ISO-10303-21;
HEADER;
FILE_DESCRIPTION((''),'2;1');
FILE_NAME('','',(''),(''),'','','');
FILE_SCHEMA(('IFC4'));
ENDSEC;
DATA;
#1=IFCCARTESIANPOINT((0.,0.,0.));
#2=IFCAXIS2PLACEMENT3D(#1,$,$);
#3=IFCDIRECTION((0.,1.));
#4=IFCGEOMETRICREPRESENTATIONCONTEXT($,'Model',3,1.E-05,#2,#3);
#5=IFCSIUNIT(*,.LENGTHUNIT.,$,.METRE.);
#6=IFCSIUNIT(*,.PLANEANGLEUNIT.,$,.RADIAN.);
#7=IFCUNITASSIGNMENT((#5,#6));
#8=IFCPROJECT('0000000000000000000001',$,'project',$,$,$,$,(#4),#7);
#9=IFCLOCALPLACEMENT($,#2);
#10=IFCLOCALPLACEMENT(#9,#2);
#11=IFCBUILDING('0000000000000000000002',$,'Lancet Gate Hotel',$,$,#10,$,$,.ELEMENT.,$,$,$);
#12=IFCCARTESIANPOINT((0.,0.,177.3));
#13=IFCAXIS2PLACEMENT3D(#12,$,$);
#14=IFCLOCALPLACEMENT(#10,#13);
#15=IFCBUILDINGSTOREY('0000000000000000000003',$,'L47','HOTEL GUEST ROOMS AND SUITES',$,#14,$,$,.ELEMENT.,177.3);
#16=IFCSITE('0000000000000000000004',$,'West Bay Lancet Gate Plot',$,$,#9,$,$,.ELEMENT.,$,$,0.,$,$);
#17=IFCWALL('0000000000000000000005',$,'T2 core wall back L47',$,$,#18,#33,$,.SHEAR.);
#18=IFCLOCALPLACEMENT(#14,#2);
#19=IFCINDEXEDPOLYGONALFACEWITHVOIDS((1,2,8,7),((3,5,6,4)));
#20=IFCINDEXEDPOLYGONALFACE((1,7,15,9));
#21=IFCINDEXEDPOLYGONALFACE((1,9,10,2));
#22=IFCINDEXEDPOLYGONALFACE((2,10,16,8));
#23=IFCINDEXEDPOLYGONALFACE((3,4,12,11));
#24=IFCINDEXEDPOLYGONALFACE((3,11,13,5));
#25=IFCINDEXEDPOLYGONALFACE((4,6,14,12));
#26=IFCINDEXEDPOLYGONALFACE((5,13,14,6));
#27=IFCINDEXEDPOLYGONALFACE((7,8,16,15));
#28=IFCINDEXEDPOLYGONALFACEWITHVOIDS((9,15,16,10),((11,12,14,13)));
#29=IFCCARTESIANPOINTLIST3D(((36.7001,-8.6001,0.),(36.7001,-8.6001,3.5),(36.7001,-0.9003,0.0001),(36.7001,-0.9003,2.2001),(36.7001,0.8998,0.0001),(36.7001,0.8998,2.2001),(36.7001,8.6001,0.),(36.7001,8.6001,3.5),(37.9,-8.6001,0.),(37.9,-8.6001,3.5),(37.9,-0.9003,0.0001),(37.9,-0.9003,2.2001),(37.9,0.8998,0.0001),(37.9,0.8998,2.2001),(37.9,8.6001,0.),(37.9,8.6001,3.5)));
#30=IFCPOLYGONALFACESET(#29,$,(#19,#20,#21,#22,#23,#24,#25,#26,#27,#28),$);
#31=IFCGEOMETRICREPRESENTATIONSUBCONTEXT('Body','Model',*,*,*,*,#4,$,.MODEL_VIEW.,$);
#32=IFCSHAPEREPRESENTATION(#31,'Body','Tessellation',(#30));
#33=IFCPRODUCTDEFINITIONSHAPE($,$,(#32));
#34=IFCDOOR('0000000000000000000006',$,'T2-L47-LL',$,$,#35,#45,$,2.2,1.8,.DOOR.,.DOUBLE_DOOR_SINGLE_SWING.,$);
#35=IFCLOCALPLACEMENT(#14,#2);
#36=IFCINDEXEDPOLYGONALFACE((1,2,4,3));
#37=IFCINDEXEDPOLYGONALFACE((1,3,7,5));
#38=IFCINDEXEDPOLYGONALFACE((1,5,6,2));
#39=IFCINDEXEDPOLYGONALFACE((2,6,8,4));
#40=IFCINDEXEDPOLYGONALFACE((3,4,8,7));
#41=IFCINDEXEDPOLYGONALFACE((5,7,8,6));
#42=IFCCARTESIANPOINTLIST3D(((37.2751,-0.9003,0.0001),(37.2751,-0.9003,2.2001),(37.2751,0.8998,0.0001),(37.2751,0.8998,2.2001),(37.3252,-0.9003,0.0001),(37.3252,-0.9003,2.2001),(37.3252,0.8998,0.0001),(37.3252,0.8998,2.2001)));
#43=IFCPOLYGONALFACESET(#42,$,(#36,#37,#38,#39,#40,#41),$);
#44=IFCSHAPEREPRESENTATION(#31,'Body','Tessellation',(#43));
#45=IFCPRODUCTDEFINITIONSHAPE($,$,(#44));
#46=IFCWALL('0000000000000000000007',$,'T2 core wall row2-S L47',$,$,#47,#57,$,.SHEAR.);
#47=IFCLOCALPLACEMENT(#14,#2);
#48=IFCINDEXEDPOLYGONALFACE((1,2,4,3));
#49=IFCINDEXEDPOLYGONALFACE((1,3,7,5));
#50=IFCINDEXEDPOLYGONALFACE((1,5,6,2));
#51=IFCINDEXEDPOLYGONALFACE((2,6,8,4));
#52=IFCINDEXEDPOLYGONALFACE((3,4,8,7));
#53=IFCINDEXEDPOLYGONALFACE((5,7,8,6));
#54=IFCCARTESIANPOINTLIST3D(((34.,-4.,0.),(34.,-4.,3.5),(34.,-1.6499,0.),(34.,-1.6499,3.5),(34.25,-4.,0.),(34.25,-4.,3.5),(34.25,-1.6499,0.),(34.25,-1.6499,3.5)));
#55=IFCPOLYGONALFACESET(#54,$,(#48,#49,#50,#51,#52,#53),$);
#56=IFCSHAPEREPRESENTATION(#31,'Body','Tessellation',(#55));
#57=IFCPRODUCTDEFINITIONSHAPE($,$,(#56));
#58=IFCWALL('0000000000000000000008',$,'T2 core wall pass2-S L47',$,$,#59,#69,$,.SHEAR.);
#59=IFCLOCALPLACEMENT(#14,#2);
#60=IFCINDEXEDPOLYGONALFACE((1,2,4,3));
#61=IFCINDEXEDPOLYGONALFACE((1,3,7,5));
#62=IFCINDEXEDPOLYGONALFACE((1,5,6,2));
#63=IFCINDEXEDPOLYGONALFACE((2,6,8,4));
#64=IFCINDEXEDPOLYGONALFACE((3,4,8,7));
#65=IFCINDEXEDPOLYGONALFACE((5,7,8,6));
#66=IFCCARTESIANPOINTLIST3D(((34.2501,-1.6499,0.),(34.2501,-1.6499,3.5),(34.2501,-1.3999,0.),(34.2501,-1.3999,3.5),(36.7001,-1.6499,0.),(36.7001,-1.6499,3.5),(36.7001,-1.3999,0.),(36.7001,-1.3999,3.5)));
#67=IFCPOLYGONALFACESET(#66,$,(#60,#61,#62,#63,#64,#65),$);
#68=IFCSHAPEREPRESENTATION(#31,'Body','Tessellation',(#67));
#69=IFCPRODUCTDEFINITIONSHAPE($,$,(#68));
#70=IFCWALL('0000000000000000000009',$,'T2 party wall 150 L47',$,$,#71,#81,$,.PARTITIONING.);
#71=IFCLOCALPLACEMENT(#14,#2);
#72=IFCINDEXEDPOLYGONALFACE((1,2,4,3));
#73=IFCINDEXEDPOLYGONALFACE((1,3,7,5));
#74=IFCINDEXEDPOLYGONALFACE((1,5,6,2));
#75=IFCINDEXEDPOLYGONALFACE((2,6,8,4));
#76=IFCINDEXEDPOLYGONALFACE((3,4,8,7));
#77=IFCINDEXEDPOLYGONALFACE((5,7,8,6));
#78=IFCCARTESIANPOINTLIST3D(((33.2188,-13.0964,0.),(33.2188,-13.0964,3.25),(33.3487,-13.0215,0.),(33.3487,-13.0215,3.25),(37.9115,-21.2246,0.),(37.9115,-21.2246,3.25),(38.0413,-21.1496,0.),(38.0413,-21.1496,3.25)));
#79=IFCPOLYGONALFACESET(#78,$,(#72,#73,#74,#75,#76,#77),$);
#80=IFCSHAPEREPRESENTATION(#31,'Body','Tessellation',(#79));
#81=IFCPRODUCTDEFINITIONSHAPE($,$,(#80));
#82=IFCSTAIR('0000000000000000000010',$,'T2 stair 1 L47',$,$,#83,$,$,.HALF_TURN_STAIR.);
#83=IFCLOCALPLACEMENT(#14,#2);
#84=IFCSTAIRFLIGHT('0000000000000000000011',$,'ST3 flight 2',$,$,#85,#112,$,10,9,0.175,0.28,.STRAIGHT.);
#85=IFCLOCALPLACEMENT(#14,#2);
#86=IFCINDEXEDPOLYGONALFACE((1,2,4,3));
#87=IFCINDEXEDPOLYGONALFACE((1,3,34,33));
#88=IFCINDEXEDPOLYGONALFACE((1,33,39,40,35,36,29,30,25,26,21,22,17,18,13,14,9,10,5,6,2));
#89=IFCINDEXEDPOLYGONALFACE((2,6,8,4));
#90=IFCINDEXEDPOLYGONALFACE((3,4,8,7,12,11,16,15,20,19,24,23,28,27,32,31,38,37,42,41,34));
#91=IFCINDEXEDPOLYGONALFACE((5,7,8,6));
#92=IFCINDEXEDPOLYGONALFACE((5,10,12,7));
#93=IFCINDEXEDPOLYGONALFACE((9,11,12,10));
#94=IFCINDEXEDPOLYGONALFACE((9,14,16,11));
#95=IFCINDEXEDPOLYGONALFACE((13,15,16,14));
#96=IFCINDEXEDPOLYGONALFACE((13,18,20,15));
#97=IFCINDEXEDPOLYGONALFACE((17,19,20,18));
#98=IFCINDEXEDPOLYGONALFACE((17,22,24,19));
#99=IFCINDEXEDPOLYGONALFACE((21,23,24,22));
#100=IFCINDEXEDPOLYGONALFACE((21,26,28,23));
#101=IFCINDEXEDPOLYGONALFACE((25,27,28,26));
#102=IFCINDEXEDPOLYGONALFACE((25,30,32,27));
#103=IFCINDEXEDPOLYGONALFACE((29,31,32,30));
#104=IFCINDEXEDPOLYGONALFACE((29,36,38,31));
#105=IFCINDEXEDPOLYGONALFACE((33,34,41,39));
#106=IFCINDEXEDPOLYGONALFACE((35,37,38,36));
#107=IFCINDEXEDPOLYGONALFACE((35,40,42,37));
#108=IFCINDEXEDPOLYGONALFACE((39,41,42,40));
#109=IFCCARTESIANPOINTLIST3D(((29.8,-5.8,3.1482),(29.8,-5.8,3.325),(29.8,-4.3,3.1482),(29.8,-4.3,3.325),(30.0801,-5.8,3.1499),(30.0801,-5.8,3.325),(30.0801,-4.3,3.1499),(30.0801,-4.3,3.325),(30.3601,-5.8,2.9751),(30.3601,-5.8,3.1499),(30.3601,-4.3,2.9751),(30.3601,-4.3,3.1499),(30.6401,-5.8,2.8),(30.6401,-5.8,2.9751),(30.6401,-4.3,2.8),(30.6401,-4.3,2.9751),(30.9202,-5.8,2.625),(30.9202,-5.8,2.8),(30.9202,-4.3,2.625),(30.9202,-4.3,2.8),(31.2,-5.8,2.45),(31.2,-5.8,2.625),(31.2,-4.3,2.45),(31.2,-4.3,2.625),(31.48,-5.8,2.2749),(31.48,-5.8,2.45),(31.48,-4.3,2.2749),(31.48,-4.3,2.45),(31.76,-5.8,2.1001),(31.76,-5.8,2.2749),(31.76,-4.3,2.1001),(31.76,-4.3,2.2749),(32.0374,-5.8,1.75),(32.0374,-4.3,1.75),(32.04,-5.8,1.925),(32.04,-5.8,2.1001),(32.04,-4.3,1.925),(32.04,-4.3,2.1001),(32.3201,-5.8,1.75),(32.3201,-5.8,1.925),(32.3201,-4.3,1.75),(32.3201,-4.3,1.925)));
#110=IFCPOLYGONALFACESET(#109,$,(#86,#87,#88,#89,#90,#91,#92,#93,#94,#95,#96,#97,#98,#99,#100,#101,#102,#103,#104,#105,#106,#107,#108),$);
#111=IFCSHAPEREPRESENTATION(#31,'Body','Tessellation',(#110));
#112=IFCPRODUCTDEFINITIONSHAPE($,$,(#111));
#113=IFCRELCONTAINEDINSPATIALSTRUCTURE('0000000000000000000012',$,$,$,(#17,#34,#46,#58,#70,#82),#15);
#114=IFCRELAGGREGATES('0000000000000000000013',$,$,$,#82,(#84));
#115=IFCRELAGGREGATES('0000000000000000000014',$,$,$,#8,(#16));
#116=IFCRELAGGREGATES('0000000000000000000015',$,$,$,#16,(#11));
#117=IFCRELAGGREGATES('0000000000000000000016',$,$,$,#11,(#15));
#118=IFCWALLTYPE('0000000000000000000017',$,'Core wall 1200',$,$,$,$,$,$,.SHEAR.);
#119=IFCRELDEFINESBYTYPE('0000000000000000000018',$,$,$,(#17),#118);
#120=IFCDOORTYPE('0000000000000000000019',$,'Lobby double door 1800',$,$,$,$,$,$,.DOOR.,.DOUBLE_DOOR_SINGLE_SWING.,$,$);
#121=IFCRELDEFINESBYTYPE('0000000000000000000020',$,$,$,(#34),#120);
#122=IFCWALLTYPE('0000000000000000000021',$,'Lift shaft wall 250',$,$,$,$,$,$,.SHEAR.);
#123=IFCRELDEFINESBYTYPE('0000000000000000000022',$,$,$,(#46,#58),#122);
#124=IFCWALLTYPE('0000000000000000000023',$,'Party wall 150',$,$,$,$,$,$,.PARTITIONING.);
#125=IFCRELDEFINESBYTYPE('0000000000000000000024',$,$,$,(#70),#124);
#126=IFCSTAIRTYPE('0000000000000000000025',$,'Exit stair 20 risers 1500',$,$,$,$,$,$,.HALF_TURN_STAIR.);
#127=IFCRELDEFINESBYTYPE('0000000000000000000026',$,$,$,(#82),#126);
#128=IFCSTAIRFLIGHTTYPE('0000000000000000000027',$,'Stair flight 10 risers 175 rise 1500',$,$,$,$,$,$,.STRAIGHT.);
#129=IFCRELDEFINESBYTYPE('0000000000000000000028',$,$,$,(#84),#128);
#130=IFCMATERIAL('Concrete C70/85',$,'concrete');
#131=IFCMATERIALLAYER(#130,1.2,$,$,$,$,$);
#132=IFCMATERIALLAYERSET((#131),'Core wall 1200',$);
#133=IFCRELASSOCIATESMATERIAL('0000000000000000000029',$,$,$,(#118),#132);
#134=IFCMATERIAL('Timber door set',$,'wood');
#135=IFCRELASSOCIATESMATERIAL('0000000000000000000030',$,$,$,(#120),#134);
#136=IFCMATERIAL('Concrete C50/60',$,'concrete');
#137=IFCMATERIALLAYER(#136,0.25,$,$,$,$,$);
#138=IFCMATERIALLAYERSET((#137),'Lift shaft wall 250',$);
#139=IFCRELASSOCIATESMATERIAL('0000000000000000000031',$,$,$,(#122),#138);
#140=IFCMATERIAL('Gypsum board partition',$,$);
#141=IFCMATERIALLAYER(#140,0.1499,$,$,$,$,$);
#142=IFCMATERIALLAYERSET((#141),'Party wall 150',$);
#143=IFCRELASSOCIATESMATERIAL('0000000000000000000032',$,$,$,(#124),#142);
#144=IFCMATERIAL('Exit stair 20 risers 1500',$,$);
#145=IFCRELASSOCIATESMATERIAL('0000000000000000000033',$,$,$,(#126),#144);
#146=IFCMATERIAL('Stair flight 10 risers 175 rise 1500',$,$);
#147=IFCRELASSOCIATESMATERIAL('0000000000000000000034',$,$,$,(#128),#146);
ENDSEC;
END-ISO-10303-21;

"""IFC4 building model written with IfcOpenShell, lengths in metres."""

from ifc_helpers import new_model, si_unit, direction, frame, frame_2d, origin, place, context, subcontext, project, spatial, polyline, rectangle, outline, extrude, material, layer, layer_set, type_object, element, fill, aggregate, save


model = new_model("IFC4")

# Units and contexts
model_context = context("Model", 3, precision=1e-05, world=origin(), true_north=direction((0.0, 1.0)))
body_context = subcontext(model_context, "Body", "Model", "MODEL_VIEW")
ifc_project = project(units=[si_unit("LENGTHUNIT", "METRE"), si_unit("PLANEANGLEUNIT", "RADIAN")], contexts=[model_context])

# Site, building, storey
site_placement = place(None, origin())
site = spatial("IfcSite", under=ifc_project, at=site_placement, Name="West Bay Lancet Gate Plot", CompositionType="ELEMENT", RefElevation=0.0)
building_placement = place(site_placement, origin())
building = spatial("IfcBuilding", under=site, at=building_placement, Name="Lancet Gate Hotel", CompositionType="ELEMENT")
storey_placement = place(building_placement, frame((0.0, 0.0, 177.3)))
storey = spatial("IfcBuildingStorey", under=building, at=storey_placement, Name="L47", Description="HOTEL GUEST ROOMS AND SUITES", CompositionType="ELEMENT", Elevation=177.3)

# Wall, opening, door
ifc_material_1 = material(Name="Concrete C70/85", Category="concrete")
ifc_layer_1 = layer(ifc_material_1, 1.2)
ifc_layer_set_1 = layer_set([ifc_layer_1], Name="Core wall 1200")
wall_type_1 = type_object("IfcWallType", Name="Core wall 1200", PredefinedType="SHEAR", material=ifc_layer_set_1)
wall_1_placement = place(storey_placement, frame((37.3, -8.6001, 0.0), z_axis=(0.0, 0.0, 1.0), x_axis=(0.0, 1.0, 0.0)))
wall_1 = element("IfcWall", 1, at=wall_1_placement, inside=storey, type_object=wall_type_1, Name="T2 core wall back L47", PredefinedType="SHEAR", context=body_context, shape_type="SweptSolid", body=[
    extrude(rectangle(XDim=17.2002, YDim=1.2, at=frame_2d((8.6001, 0.0))), origin(), (0.0, 0.0, 1.0), 3.5),
])
opening_1_placement = place(wall_1_placement, frame((7.7, 0.0, 0.0)))
opening_1 = element("IfcOpeningElement", 2, at=opening_1_placement, cuts=wall_1, PredefinedType="OPENING", context=body_context, shape_type="SweptSolid", body=[
    extrude(rectangle(XDim=1.8, YDim=2.2, at=frame_2d((0.8999, 1.1001))), frame((0.0, 0.6099, 0.0), z_axis=(0.0, -1.0, 0.0), x_axis=(1.0, 0.0, 0.0)), (0.0, 0.0, 1.0), 1.22),
])
ifc_material_2 = material(Name="Timber door set", Category="wood")
door_type_1 = type_object("IfcDoorType", Name="Lobby double door 1800", OperationType="DOUBLE_DOOR_SINGLE_SWING", PredefinedType="DOOR", material=ifc_material_2)
door_1_placement = place(opening_1_placement, origin())
door_1 = element("IfcDoor", 3, at=door_1_placement, inside=storey, type_object=door_type_1, Name="T2-L47-LL", OperationType="DOUBLE_DOOR_SINGLE_SWING", OverallHeight=2.2, OverallWidth=1.8, PredefinedType="DOOR", context=body_context, shape_type="SweptSolid", body=[
    extrude(rectangle(XDim=1.8, YDim=2.2, at=frame_2d((0.8999, 1.1001))), frame((0.0, 0.0249, 0.0), z_axis=(0.0, -1.0, 0.0), x_axis=(1.0, 0.0, 0.0)), (0.0, 0.0, 1.0), 0.05),
])
fill(opening_1, door_1)

# Walls
ifc_material_3 = material(Name="Concrete C50/60", Category="concrete")
ifc_layer_2 = layer(ifc_material_3, 0.25)
ifc_layer_set_2 = layer_set([ifc_layer_2], Name="Lift shaft wall 250")
wall_type_2 = type_object("IfcWallType", Name="Lift shaft wall 250", PredefinedType="SHEAR", material=ifc_layer_set_2)
wall_2_placement = place(storey_placement, frame((34.125, -4.0, 0.0), z_axis=(0.0, 0.0, 1.0), x_axis=(0.0, 1.0, 0.0)))
element("IfcWall", 4, at=wall_2_placement, inside=storey, type_object=wall_type_2, Name="T2 core wall row2-S L47", PredefinedType="SHEAR", context=body_context, shape_type="SweptSolid", body=[
    extrude(rectangle(XDim=2.3501, YDim=0.25, at=frame_2d((1.175, 0.0))), origin(), (0.0, 0.0, 1.0), 3.5),
])
wall_3_placement = place(storey_placement, frame((34.25, -1.5249, 0.0), z_axis=(0.0, 0.0, 1.0), x_axis=(1.0, 0.0, 0.0)))
element("IfcWall", 5, at=wall_3_placement, inside=storey, type_object=wall_type_2, Name="T2 core wall pass2-S L47", PredefinedType="SHEAR", context=body_context, shape_type="SweptSolid", body=[
    extrude(rectangle(XDim=2.45, YDim=0.25, at=frame_2d((1.2251, 0.0))), origin(), (0.0, 0.0, 1.0), 3.5),
])
ifc_material_4 = material(Name="Gypsum board partition")
ifc_layer_3 = layer(ifc_material_4, 0.1499)
ifc_layer_set_3 = layer_set([ifc_layer_3], Name="Party wall 150")
wall_type_3 = type_object("IfcWallType", Name="Party wall 150", PredefinedType="PARTITIONING", material=ifc_layer_set_3)
wall_4_placement = place(storey_placement, frame((33.2837, -13.0588, 0.0), z_axis=(0.0, 0.0, 1.0), x_axis=(0.499986, -0.866034, 0.0)))
element("IfcWall", 6, at=wall_4_placement, inside=storey, type_object=wall_type_3, Name="T2 party wall 150 L47", PredefinedType="PARTITIONING", context=body_context, shape_type="SweptSolid", body=[
    extrude(rectangle(XDim=9.3855, YDim=0.1499, at=frame_2d((4.6929, 0.0))), origin(), (0.0, 0.0, 1.0), 3.25),
])

# Stair, stair flight
ifc_material_5 = material(Name="Exit stair 20 risers 1500")
stair_type = type_object("IfcStairType", Name="Exit stair 20 risers 1500", PredefinedType="HALF_TURN_STAIR", material=ifc_material_5)
stair_placement = place(storey_placement, origin())
stair = element("IfcStair", 7, at=stair_placement, inside=storey, type_object=stair_type, Name="T2 stair 1 L47", PredefinedType="HALF_TURN_STAIR")
ifc_material_6 = material(Name="Stair flight 10 risers 175 rise 1500")
stair_flight_type = type_object("IfcStairFlightType", Name="Stair flight 10 risers 175 rise 1500", PredefinedType="STRAIGHT", material=ifc_material_6)
stair_flight_placement = place(storey_placement, frame((32.3201, -5.05, 1.75), z_axis=(0.0, 0.0, 1.0), x_axis=(-1.0, 0.0, 0.0)))
stair_flight = element("IfcStairFlight", 8, at=stair_flight_placement, type_object=stair_flight_type, Name="ST3 flight 2", NumberOfRisers=10, NumberOfTreads=9, PredefinedType="STRAIGHT", RiserHeight=0.175, TreadLength=0.28, context=body_context, shape_type="SweptSolid", body=[
    extrude(outline(polyline([(0.0, 0.0), (0.0, 0.175), (0.28, 0.175), (0.28, 0.3501), (0.5601, 0.3501), (0.5601, 0.5249), (0.8401, 0.5249), (0.8401, 0.7), (1.1201, 0.7), (1.1201, 0.875), (1.3999, 0.875), (1.3999, 1.05), (1.6799, 1.05), (1.6799, 1.2251), (1.96, 1.2251), (1.96, 1.3999), (2.24, 1.3999), (2.24, 1.575), (2.52, 1.575), (2.52, 1.75), (2.52, 1.3982), (0.2827, 0.0), (0.0, 0.0)])), frame((0.0, 0.75, 0.0), z_axis=(0.0, -1.0, 0.0), x_axis=(1.0, 0.0, 0.0)), (0.0, 0.0, 1.0), 1.5),
])
aggregate(stair, [stair_flight])

save(model, "model.ifc")
